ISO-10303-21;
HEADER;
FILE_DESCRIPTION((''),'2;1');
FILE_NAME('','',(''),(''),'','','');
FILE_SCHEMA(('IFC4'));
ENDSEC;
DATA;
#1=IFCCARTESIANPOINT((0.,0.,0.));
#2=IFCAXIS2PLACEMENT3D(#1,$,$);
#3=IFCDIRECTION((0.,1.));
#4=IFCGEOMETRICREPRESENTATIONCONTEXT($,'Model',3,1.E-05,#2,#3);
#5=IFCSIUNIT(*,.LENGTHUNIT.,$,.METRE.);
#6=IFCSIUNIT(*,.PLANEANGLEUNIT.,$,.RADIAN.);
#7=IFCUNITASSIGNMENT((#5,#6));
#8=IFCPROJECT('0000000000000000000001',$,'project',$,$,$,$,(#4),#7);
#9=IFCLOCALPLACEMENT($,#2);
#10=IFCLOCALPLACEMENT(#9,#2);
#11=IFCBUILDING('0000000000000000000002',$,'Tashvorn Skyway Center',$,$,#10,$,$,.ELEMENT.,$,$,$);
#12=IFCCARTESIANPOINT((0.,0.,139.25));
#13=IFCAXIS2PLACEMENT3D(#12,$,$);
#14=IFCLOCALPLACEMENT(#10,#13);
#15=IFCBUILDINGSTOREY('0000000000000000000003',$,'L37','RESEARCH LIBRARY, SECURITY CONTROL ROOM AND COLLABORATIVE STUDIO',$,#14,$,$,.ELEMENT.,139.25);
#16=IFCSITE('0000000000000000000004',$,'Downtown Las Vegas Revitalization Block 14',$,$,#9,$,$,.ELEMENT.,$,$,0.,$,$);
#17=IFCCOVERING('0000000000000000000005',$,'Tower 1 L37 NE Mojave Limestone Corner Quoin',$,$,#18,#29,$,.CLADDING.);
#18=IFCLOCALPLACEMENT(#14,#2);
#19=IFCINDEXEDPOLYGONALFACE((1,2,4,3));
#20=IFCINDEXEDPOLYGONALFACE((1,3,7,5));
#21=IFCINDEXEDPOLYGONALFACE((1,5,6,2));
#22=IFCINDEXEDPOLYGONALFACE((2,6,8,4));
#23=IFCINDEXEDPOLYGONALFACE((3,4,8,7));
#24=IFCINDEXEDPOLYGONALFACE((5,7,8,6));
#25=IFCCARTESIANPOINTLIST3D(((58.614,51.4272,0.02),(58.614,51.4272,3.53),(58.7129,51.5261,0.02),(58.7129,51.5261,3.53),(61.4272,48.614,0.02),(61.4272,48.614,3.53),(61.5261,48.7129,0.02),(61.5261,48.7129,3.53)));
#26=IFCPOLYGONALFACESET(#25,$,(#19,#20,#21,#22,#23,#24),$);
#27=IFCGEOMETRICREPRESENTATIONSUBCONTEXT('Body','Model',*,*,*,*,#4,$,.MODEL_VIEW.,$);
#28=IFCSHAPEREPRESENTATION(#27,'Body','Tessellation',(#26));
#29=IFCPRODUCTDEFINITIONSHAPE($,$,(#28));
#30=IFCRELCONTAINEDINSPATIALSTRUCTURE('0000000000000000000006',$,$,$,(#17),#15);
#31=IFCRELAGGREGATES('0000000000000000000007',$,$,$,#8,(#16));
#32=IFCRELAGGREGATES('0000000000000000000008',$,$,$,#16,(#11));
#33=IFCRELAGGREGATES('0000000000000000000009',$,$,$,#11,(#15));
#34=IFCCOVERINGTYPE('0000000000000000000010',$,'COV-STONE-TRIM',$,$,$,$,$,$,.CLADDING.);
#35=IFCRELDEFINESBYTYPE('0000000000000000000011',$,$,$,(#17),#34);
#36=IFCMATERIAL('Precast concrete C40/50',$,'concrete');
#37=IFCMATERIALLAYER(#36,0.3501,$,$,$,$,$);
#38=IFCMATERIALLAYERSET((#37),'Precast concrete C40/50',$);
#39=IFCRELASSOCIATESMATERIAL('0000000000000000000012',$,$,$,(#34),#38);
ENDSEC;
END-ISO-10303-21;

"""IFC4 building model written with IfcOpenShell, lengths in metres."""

from ifc_helpers import new_model, si_unit, direction, frame, origin, origin_2d, place, context, subcontext, project, spatial, rectangle, extrude, material, layer, layer_set, type_object, element, save


model = new_model("IFC4")

# Units and contexts
model_context = context("Model", 3, precision=1e-05, world=origin(), true_north=direction((0.0, 1.0)))
body_context = subcontext(model_context, "Body", "Model", "MODEL_VIEW")
ifc_project = project(units=[si_unit("LENGTHUNIT", "METRE"), si_unit("PLANEANGLEUNIT", "RADIAN")], contexts=[model_context])

# Site, building, storey
site_placement = place(None, origin())
site = spatial("IfcSite", under=ifc_project, at=site_placement, Name="Downtown Las Vegas Revitalization Block 14", CompositionType="ELEMENT", RefElevation=0.0)
building_placement = place(site_placement, origin())
building = spatial("IfcBuilding", under=site, at=building_placement, Name="Tashvorn Skyway Center", CompositionType="ELEMENT")
storey_placement = place(building_placement, frame((0.0, 0.0, 139.25)))
storey = spatial("IfcBuildingStorey", under=building, at=storey_placement, Name="L37", Description="RESEARCH LIBRARY, SECURITY CONTROL ROOM AND COLLABORATIVE STUDIO", CompositionType="ELEMENT", Elevation=139.25)

# Shared definitions
ifc_material_1 = material(Name="Precast concrete C40/50", Category="concrete")

# Covering
ifc_layer_1 = layer(ifc_material_1, 0.3501)
ifc_layer_set_1 = layer_set([ifc_layer_1], Name="Precast concrete C40/50")
covering_type_1 = type_object("IfcCoveringType", Name="COV-STONE-TRIM", PredefinedType="CLADDING", material=ifc_layer_set_1)
covering_1_placement = place(storey_placement, frame((60.0701, 50.0701, 0.02), z_axis=(0.0, 0.0, 1.0), x_axis=(0.707107, -0.707107, 0.0)))
element("IfcCovering", 1, at=covering_1_placement, inside=storey, type_object=covering_type_1, Name="Tower 1 L37 NE Mojave Limestone Corner Quoin", PredefinedType="CLADDING", context=body_context, shape_type="SweptSolid", body=[
    extrude(rectangle(XDim=3.9785, YDim=0.1399, at=origin_2d()), origin(), (0.0, 0.0, 1.0), 3.51),
])

save(model, "model.ifc")
